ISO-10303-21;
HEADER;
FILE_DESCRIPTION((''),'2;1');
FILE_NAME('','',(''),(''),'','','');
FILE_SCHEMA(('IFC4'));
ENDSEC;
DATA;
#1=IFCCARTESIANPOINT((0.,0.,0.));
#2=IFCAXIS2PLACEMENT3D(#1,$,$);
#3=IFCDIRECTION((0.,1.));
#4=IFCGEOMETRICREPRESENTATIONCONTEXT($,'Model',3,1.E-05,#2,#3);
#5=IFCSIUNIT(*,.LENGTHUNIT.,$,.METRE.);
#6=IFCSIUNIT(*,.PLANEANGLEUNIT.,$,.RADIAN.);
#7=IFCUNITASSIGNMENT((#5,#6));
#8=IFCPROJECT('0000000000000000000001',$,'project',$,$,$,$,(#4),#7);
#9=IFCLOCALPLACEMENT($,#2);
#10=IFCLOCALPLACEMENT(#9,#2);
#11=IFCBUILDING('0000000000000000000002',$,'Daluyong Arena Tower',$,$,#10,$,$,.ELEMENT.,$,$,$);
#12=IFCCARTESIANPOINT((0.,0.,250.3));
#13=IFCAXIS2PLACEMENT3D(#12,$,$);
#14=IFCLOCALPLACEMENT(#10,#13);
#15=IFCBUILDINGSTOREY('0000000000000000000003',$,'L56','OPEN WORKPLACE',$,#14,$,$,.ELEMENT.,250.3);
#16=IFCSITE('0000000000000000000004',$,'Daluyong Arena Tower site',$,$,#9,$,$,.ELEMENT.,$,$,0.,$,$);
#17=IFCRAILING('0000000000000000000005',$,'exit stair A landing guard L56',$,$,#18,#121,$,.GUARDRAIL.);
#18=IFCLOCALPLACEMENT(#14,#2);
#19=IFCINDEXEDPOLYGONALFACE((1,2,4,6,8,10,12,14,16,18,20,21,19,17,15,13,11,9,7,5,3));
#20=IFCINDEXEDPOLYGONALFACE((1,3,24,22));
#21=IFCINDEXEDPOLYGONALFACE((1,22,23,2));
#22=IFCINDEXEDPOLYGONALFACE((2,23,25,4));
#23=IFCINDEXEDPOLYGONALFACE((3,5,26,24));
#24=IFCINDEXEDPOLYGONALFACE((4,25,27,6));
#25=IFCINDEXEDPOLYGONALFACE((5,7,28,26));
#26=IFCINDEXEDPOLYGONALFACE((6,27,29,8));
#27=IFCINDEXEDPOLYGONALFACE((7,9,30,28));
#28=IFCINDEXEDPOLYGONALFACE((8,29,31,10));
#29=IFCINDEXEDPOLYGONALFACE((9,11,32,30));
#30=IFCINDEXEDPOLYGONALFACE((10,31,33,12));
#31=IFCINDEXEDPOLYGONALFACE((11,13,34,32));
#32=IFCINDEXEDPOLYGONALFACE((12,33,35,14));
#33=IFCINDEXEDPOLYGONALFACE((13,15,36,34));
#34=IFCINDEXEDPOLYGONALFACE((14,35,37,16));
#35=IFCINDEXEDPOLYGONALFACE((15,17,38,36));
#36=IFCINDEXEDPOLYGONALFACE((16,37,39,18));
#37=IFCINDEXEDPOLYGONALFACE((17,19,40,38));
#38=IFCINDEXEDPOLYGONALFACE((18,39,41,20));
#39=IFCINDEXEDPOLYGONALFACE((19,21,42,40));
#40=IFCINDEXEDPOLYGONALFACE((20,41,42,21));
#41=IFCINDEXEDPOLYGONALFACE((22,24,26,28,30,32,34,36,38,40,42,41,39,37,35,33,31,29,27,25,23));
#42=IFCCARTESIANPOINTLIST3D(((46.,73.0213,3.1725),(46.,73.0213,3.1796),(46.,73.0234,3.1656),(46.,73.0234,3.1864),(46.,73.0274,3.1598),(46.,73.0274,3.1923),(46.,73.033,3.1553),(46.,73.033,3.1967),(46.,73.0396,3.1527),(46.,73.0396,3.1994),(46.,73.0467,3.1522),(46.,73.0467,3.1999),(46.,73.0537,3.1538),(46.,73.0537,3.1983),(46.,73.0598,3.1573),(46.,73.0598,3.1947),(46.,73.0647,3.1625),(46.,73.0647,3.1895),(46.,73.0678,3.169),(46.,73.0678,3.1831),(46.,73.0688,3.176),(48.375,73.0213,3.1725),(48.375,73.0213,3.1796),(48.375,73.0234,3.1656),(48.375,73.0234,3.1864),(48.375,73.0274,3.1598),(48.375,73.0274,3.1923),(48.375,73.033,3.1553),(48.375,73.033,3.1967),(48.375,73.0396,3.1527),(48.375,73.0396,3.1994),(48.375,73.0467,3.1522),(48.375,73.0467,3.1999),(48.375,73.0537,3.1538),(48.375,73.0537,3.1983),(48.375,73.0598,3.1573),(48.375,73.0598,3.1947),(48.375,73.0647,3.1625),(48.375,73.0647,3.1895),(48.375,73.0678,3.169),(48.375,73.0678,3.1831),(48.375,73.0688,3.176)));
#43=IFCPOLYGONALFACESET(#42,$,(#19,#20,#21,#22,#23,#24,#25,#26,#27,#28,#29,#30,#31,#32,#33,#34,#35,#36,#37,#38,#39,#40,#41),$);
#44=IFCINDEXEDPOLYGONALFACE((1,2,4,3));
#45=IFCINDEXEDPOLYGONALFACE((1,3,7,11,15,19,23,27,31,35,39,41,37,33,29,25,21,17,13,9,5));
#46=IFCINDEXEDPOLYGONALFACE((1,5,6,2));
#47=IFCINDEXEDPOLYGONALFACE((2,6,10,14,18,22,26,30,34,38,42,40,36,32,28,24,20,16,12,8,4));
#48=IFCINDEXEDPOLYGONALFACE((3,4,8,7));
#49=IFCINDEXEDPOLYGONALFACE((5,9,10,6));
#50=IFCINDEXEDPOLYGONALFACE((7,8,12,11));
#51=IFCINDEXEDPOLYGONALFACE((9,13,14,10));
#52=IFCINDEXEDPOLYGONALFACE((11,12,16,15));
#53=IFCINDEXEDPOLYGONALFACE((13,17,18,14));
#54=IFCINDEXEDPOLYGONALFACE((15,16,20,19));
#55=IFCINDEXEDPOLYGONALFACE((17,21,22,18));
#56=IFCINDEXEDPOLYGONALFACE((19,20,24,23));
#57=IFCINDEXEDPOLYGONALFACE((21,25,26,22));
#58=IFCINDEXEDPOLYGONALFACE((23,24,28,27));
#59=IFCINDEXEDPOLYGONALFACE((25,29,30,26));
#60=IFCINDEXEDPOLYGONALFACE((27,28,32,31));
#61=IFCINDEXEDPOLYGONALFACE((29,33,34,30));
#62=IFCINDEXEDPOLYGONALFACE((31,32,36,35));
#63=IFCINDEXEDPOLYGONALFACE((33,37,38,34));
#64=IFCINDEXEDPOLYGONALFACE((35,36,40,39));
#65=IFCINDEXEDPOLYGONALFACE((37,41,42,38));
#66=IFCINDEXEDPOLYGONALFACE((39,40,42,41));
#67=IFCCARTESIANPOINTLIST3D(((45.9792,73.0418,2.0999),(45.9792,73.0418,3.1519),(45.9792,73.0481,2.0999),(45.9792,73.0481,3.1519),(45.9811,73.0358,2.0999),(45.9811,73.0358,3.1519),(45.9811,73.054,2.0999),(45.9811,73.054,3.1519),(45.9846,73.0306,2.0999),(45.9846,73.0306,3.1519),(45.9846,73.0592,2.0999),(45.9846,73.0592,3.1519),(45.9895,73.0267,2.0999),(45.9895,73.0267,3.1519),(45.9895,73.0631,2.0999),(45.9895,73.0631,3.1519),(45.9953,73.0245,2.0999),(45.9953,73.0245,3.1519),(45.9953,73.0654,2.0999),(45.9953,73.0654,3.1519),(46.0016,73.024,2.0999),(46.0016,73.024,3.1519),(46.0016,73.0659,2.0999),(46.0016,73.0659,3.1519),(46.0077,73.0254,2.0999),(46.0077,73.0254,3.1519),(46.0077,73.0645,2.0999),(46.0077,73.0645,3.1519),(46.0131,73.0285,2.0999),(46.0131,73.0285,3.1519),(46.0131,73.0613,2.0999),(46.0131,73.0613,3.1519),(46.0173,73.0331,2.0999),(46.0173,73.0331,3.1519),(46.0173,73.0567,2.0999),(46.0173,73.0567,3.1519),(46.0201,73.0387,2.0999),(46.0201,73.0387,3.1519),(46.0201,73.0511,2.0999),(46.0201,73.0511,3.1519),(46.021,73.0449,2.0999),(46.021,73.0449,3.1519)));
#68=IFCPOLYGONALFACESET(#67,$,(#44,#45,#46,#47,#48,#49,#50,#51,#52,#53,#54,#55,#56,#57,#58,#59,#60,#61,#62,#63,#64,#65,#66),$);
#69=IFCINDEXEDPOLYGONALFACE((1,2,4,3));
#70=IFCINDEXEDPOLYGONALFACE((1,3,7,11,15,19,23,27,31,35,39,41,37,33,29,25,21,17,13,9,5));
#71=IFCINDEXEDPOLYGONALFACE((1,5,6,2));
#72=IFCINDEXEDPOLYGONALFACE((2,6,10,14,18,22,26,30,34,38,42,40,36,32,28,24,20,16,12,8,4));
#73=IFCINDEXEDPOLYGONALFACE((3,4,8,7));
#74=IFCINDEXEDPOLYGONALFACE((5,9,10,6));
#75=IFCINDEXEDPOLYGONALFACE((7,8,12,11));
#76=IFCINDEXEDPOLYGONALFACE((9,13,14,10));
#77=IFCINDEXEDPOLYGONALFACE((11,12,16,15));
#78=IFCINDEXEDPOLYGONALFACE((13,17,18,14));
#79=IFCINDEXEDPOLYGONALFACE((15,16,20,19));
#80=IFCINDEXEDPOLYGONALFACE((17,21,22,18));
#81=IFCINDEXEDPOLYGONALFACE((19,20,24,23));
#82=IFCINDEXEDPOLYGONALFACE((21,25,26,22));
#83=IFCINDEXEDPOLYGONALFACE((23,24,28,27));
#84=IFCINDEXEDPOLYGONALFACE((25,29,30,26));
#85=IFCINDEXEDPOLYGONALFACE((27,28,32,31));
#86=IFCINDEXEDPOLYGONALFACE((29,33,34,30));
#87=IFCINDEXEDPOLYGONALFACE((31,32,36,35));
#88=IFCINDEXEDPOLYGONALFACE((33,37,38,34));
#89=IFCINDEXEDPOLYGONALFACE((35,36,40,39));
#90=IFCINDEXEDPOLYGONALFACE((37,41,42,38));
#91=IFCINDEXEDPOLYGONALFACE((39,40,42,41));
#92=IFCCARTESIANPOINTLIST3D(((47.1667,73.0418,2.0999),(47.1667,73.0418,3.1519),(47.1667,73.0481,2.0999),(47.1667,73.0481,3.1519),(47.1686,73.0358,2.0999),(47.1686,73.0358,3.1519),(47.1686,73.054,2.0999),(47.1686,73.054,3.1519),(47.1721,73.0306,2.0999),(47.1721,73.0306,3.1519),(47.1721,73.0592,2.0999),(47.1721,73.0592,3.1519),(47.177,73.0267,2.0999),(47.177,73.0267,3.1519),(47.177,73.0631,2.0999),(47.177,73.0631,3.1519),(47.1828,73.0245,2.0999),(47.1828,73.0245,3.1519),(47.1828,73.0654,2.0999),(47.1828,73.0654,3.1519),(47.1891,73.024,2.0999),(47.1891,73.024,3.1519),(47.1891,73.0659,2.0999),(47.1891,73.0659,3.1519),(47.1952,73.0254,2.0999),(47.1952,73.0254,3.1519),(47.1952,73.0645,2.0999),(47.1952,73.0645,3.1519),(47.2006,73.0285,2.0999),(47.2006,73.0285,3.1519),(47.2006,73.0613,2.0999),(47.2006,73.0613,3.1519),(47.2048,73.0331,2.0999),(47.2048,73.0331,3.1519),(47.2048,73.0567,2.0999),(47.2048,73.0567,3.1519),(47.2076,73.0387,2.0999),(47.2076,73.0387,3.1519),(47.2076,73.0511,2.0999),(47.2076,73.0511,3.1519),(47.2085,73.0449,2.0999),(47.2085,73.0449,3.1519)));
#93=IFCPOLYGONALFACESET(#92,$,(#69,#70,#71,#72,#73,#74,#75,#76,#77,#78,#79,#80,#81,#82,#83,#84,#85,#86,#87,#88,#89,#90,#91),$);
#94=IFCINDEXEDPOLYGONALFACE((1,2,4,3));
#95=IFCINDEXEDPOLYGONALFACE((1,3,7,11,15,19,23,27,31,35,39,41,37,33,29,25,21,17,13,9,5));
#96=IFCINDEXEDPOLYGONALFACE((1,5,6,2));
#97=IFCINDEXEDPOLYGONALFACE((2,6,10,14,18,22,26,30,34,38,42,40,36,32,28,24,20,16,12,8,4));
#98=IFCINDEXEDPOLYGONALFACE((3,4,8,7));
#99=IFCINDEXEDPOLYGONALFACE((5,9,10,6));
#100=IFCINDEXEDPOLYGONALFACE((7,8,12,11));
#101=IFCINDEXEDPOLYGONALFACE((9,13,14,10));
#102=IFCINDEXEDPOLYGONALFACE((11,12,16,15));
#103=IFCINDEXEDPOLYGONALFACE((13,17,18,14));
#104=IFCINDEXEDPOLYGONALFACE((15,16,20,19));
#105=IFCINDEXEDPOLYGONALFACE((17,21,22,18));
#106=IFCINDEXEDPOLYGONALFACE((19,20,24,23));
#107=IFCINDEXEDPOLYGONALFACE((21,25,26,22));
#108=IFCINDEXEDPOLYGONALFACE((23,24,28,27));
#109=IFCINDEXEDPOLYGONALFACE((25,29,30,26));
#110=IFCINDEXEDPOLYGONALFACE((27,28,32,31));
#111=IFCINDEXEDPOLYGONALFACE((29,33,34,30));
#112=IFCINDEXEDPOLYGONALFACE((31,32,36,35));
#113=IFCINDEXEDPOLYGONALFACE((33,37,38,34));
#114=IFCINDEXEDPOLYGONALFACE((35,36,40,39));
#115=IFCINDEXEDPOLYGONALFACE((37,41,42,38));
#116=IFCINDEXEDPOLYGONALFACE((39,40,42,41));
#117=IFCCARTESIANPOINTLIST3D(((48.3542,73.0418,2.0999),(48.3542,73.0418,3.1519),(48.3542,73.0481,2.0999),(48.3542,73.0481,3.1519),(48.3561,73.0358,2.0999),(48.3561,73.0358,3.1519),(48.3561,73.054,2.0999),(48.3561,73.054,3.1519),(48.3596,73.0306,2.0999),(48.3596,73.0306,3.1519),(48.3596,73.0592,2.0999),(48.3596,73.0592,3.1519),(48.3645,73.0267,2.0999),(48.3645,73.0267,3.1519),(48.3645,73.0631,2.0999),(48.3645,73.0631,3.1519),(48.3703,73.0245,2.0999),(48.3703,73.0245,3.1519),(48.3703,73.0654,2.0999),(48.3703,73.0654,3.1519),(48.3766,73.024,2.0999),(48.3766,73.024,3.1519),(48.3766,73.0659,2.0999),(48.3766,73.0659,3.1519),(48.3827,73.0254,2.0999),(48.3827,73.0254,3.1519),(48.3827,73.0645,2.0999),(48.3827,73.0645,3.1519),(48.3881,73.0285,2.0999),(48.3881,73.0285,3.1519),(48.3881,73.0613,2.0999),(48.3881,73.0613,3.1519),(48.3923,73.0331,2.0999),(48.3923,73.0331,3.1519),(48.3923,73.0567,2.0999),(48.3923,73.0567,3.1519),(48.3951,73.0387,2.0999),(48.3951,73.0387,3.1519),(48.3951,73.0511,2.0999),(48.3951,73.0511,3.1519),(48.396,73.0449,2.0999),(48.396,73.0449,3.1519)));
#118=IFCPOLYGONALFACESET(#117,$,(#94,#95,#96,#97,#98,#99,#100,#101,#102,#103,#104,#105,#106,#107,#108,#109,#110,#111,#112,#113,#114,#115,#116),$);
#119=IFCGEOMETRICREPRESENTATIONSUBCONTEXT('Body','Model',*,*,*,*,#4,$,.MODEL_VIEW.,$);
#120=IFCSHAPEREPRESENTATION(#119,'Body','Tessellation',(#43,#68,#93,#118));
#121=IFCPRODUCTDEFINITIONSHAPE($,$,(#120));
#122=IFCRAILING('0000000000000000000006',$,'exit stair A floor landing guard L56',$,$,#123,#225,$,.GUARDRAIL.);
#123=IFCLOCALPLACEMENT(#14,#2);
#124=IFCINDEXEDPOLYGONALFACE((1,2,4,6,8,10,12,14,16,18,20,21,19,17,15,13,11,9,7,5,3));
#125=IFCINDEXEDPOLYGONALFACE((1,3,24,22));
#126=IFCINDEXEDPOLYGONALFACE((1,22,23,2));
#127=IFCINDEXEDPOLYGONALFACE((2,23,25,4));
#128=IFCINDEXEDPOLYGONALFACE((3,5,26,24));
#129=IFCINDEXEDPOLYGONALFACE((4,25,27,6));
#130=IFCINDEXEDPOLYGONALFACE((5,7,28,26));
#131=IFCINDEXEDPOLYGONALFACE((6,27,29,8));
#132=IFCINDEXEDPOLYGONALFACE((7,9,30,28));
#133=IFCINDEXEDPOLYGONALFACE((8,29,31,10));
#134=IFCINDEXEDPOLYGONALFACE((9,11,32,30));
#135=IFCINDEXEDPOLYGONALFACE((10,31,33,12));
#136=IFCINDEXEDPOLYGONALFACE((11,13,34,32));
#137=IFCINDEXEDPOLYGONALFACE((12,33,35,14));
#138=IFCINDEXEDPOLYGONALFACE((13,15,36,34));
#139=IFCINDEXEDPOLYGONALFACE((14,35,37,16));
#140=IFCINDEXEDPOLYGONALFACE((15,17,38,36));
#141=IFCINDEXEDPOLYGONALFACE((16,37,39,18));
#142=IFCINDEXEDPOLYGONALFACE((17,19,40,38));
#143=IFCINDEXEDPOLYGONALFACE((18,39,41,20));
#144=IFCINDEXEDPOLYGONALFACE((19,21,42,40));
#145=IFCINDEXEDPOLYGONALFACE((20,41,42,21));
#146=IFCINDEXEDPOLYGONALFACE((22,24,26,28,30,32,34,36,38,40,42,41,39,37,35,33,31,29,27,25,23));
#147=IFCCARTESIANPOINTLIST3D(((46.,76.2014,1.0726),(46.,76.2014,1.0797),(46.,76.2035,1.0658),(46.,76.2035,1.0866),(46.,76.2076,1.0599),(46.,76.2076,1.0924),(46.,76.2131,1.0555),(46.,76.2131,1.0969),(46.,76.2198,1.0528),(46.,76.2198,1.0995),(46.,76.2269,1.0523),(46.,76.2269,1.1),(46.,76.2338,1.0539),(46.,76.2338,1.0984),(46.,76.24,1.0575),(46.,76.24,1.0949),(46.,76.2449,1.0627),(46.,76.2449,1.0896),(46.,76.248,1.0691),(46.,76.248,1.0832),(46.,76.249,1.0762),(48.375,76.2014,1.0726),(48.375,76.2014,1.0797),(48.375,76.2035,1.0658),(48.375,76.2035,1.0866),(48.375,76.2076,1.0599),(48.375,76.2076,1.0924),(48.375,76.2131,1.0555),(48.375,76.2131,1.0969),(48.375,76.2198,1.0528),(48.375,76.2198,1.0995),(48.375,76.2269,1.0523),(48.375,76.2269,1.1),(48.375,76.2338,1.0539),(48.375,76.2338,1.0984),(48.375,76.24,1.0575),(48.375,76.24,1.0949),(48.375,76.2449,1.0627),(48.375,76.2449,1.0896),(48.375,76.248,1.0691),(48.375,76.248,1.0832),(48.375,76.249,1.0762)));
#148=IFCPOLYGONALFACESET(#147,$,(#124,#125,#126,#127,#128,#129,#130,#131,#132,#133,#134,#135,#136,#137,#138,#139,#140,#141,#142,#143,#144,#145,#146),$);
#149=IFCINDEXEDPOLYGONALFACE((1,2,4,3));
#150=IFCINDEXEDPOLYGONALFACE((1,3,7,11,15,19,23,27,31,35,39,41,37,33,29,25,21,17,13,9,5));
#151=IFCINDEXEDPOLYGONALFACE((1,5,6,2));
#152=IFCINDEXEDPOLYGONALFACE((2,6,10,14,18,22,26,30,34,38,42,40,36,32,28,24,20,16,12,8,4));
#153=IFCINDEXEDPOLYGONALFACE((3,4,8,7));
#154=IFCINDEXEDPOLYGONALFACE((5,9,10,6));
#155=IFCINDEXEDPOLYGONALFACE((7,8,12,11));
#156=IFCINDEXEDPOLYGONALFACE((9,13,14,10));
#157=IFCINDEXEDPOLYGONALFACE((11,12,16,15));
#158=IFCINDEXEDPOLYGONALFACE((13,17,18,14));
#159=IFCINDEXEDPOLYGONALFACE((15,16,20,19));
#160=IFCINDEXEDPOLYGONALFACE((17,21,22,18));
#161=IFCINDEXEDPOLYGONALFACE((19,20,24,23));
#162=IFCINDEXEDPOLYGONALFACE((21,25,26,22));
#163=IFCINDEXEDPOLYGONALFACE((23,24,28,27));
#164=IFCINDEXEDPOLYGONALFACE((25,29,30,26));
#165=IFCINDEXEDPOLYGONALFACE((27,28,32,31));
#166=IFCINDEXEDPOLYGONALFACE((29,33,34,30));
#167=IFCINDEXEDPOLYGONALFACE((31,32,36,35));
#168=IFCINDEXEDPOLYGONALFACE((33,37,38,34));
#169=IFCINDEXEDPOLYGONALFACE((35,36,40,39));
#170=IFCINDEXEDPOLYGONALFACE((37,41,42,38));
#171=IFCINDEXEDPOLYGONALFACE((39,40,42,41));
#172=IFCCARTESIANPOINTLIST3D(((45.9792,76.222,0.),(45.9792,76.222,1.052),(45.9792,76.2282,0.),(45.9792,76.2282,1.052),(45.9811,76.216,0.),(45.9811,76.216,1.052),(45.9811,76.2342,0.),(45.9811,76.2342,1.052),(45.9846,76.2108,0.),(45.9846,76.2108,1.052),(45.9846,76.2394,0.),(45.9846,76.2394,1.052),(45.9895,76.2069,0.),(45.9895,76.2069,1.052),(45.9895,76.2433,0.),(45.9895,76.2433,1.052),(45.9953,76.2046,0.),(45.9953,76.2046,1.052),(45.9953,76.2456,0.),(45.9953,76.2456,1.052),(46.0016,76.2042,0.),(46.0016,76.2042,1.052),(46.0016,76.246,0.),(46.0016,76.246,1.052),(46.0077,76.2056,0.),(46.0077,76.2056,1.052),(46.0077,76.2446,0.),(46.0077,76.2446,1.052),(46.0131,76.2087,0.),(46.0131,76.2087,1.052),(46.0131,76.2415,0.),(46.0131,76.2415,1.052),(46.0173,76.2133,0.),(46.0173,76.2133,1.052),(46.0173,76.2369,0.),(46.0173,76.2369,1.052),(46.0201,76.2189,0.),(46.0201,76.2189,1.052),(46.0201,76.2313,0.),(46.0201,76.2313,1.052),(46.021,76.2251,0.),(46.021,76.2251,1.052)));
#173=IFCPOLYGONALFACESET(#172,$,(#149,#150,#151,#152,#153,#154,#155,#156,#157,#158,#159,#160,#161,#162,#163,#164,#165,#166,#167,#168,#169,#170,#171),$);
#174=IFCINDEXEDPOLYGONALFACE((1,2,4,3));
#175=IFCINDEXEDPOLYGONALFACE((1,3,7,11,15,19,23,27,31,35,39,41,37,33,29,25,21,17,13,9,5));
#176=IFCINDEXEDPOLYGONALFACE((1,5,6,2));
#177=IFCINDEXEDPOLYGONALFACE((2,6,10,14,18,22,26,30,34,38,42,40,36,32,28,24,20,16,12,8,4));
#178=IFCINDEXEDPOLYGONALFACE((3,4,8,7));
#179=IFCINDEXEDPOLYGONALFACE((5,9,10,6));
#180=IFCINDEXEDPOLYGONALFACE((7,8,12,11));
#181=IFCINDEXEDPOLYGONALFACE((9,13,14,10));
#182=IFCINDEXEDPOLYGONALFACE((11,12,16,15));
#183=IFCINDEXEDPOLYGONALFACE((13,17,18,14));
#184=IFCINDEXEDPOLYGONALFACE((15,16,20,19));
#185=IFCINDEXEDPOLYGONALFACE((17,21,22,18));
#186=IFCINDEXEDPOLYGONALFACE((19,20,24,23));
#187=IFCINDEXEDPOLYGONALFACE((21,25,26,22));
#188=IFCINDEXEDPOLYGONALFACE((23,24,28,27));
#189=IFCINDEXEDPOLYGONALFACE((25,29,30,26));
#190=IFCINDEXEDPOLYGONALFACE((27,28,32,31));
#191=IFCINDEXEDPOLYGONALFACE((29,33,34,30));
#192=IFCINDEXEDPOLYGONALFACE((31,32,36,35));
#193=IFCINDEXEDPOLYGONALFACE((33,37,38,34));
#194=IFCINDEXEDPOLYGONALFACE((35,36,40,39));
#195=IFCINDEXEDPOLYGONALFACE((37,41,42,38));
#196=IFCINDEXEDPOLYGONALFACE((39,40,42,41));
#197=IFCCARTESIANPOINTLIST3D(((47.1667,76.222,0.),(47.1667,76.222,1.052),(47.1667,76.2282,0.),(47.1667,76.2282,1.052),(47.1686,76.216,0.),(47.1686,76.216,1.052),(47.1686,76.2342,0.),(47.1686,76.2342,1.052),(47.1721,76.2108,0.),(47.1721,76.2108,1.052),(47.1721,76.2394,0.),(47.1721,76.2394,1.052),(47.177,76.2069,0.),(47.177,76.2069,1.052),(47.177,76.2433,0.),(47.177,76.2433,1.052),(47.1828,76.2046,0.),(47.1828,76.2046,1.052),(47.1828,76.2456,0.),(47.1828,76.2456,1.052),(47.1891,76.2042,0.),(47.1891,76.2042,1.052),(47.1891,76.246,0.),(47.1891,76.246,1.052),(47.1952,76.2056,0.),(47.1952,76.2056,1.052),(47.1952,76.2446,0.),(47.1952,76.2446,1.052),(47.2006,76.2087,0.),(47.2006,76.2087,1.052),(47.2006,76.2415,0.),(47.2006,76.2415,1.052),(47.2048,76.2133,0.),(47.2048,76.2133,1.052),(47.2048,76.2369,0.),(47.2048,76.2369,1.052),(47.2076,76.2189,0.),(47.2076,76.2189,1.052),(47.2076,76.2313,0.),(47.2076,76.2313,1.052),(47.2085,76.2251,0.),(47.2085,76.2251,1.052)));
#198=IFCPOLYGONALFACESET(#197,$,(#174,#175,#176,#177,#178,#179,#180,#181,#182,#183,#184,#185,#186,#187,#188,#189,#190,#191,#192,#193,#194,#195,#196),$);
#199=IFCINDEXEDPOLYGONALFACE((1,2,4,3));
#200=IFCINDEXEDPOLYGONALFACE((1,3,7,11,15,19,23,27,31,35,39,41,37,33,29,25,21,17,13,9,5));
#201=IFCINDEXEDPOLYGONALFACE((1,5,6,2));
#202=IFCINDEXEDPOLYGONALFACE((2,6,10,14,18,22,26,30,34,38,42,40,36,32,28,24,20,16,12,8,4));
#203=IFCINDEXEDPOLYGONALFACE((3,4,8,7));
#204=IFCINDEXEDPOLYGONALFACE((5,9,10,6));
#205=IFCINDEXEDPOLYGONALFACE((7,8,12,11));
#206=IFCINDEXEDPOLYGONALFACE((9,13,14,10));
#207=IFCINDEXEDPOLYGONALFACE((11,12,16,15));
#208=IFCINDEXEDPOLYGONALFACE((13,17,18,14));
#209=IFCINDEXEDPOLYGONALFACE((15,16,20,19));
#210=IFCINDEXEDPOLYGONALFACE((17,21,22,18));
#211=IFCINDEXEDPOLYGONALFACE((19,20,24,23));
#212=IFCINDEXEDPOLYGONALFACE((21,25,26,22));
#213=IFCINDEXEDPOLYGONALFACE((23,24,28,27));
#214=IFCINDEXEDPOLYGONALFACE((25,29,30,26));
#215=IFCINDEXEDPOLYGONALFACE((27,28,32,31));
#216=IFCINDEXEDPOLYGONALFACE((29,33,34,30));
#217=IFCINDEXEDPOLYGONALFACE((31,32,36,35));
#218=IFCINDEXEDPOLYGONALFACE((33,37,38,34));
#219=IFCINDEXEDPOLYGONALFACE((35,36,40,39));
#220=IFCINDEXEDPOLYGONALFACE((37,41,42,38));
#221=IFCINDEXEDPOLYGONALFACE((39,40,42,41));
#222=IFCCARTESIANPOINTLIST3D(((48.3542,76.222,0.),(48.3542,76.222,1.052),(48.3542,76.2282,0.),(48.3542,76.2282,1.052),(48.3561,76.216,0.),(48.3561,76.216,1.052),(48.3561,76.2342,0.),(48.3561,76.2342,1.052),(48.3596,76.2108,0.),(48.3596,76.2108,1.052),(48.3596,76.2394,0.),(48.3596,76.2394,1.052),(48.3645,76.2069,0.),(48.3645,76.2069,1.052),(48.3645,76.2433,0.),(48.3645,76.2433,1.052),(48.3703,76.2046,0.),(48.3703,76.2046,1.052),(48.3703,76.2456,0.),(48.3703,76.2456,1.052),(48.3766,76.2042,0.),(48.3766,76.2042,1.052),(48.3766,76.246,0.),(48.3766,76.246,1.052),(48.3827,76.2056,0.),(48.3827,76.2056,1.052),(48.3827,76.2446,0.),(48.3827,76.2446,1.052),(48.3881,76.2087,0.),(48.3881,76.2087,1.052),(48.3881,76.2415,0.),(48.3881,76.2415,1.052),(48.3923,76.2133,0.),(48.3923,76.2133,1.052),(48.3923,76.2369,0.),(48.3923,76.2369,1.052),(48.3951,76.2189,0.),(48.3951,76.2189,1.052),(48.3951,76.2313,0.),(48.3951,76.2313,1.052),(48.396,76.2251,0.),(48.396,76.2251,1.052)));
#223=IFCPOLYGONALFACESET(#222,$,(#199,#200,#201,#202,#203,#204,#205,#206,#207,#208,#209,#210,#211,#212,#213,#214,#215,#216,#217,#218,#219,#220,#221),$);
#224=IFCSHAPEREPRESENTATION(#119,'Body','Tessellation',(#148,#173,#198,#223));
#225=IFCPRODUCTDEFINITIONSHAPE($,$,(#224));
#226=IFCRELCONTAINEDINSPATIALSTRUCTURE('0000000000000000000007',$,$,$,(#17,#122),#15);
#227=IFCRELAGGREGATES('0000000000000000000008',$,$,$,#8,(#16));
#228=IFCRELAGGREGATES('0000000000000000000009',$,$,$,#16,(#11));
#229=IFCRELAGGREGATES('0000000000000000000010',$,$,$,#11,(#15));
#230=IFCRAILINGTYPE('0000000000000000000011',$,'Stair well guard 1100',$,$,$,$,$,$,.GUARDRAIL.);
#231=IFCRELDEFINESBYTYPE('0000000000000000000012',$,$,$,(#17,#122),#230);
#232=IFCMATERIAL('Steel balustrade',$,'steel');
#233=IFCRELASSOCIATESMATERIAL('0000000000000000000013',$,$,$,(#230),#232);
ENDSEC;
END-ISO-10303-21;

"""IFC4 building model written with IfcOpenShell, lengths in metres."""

from ifc_helpers import new_model, si_unit, direction, frame, origin, origin_2d, place, context, subcontext, project, spatial, circle, extrude, material, type_object, element, save


model = new_model("IFC4")

# Units and contexts
model_context = context("Model", 3, precision=1e-05, world=origin(), true_north=direction((0.0, 1.0)))
body_context = subcontext(model_context, "Body", "Model", "MODEL_VIEW")
ifc_project = project(units=[si_unit("LENGTHUNIT", "METRE"), si_unit("PLANEANGLEUNIT", "RADIAN")], contexts=[model_context])

# Site, building, storey
site_placement = place(None, origin())
site = spatial("IfcSite", under=ifc_project, at=site_placement, Name="Daluyong Arena Tower site", CompositionType="ELEMENT", RefElevation=0.0)
building_placement = place(site_placement, origin())
building = spatial("IfcBuilding", under=site, at=building_placement, Name="Daluyong Arena Tower", CompositionType="ELEMENT")
storey_placement = place(building_placement, frame((0.0, 0.0, 250.3)))
storey = spatial("IfcBuildingStorey", under=building, at=storey_placement, Name="L56", Description="OPEN WORKPLACE", CompositionType="ELEMENT", Elevation=250.3)

# Railings
ifc_material_1 = material(Name="Steel balustrade", Category="steel")
railing_type_1 = type_object("IfcRailingType", Name="Stair well guard 1100", PredefinedType="GUARDRAIL", material=ifc_material_1)
for number, where, name in (
    (1, (46.0, 73.0449, 2.0999), "exit stair A landing guard L56"),
    (2, (46.0, 76.2251, 0.0), "exit stair A floor landing guard L56"),
):
    element("IfcRailing", number, at=place(storey_placement, frame(where)), inside=storey, type_object=railing_type_1, Name=name, PredefinedType="GUARDRAIL", context=body_context, shape_type="SweptSolid", body=[
        extrude(circle(Radius=0.0239, at=origin_2d()), frame((0.0, 0.0, 1.0762), z_axis=(1.0, 0.0, 0.0), x_axis=(0.0, 1.0, 0.0)), (0.0, 0.0, 1.0), 2.375),
        extrude(circle(Radius=0.021, at=origin_2d()), origin(), (0.0, 0.0, 1.0), 1.052),
        extrude(circle(Radius=0.021, at=origin_2d()), frame((1.1875, 0.0, 0.0)), (0.0, 0.0, 1.0), 1.052),
        extrude(circle(Radius=0.021, at=origin_2d()), frame((2.375, 0.0, 0.0)), (0.0, 0.0, 1.0), 1.052),
    ])

save(model, "model.ifc")
